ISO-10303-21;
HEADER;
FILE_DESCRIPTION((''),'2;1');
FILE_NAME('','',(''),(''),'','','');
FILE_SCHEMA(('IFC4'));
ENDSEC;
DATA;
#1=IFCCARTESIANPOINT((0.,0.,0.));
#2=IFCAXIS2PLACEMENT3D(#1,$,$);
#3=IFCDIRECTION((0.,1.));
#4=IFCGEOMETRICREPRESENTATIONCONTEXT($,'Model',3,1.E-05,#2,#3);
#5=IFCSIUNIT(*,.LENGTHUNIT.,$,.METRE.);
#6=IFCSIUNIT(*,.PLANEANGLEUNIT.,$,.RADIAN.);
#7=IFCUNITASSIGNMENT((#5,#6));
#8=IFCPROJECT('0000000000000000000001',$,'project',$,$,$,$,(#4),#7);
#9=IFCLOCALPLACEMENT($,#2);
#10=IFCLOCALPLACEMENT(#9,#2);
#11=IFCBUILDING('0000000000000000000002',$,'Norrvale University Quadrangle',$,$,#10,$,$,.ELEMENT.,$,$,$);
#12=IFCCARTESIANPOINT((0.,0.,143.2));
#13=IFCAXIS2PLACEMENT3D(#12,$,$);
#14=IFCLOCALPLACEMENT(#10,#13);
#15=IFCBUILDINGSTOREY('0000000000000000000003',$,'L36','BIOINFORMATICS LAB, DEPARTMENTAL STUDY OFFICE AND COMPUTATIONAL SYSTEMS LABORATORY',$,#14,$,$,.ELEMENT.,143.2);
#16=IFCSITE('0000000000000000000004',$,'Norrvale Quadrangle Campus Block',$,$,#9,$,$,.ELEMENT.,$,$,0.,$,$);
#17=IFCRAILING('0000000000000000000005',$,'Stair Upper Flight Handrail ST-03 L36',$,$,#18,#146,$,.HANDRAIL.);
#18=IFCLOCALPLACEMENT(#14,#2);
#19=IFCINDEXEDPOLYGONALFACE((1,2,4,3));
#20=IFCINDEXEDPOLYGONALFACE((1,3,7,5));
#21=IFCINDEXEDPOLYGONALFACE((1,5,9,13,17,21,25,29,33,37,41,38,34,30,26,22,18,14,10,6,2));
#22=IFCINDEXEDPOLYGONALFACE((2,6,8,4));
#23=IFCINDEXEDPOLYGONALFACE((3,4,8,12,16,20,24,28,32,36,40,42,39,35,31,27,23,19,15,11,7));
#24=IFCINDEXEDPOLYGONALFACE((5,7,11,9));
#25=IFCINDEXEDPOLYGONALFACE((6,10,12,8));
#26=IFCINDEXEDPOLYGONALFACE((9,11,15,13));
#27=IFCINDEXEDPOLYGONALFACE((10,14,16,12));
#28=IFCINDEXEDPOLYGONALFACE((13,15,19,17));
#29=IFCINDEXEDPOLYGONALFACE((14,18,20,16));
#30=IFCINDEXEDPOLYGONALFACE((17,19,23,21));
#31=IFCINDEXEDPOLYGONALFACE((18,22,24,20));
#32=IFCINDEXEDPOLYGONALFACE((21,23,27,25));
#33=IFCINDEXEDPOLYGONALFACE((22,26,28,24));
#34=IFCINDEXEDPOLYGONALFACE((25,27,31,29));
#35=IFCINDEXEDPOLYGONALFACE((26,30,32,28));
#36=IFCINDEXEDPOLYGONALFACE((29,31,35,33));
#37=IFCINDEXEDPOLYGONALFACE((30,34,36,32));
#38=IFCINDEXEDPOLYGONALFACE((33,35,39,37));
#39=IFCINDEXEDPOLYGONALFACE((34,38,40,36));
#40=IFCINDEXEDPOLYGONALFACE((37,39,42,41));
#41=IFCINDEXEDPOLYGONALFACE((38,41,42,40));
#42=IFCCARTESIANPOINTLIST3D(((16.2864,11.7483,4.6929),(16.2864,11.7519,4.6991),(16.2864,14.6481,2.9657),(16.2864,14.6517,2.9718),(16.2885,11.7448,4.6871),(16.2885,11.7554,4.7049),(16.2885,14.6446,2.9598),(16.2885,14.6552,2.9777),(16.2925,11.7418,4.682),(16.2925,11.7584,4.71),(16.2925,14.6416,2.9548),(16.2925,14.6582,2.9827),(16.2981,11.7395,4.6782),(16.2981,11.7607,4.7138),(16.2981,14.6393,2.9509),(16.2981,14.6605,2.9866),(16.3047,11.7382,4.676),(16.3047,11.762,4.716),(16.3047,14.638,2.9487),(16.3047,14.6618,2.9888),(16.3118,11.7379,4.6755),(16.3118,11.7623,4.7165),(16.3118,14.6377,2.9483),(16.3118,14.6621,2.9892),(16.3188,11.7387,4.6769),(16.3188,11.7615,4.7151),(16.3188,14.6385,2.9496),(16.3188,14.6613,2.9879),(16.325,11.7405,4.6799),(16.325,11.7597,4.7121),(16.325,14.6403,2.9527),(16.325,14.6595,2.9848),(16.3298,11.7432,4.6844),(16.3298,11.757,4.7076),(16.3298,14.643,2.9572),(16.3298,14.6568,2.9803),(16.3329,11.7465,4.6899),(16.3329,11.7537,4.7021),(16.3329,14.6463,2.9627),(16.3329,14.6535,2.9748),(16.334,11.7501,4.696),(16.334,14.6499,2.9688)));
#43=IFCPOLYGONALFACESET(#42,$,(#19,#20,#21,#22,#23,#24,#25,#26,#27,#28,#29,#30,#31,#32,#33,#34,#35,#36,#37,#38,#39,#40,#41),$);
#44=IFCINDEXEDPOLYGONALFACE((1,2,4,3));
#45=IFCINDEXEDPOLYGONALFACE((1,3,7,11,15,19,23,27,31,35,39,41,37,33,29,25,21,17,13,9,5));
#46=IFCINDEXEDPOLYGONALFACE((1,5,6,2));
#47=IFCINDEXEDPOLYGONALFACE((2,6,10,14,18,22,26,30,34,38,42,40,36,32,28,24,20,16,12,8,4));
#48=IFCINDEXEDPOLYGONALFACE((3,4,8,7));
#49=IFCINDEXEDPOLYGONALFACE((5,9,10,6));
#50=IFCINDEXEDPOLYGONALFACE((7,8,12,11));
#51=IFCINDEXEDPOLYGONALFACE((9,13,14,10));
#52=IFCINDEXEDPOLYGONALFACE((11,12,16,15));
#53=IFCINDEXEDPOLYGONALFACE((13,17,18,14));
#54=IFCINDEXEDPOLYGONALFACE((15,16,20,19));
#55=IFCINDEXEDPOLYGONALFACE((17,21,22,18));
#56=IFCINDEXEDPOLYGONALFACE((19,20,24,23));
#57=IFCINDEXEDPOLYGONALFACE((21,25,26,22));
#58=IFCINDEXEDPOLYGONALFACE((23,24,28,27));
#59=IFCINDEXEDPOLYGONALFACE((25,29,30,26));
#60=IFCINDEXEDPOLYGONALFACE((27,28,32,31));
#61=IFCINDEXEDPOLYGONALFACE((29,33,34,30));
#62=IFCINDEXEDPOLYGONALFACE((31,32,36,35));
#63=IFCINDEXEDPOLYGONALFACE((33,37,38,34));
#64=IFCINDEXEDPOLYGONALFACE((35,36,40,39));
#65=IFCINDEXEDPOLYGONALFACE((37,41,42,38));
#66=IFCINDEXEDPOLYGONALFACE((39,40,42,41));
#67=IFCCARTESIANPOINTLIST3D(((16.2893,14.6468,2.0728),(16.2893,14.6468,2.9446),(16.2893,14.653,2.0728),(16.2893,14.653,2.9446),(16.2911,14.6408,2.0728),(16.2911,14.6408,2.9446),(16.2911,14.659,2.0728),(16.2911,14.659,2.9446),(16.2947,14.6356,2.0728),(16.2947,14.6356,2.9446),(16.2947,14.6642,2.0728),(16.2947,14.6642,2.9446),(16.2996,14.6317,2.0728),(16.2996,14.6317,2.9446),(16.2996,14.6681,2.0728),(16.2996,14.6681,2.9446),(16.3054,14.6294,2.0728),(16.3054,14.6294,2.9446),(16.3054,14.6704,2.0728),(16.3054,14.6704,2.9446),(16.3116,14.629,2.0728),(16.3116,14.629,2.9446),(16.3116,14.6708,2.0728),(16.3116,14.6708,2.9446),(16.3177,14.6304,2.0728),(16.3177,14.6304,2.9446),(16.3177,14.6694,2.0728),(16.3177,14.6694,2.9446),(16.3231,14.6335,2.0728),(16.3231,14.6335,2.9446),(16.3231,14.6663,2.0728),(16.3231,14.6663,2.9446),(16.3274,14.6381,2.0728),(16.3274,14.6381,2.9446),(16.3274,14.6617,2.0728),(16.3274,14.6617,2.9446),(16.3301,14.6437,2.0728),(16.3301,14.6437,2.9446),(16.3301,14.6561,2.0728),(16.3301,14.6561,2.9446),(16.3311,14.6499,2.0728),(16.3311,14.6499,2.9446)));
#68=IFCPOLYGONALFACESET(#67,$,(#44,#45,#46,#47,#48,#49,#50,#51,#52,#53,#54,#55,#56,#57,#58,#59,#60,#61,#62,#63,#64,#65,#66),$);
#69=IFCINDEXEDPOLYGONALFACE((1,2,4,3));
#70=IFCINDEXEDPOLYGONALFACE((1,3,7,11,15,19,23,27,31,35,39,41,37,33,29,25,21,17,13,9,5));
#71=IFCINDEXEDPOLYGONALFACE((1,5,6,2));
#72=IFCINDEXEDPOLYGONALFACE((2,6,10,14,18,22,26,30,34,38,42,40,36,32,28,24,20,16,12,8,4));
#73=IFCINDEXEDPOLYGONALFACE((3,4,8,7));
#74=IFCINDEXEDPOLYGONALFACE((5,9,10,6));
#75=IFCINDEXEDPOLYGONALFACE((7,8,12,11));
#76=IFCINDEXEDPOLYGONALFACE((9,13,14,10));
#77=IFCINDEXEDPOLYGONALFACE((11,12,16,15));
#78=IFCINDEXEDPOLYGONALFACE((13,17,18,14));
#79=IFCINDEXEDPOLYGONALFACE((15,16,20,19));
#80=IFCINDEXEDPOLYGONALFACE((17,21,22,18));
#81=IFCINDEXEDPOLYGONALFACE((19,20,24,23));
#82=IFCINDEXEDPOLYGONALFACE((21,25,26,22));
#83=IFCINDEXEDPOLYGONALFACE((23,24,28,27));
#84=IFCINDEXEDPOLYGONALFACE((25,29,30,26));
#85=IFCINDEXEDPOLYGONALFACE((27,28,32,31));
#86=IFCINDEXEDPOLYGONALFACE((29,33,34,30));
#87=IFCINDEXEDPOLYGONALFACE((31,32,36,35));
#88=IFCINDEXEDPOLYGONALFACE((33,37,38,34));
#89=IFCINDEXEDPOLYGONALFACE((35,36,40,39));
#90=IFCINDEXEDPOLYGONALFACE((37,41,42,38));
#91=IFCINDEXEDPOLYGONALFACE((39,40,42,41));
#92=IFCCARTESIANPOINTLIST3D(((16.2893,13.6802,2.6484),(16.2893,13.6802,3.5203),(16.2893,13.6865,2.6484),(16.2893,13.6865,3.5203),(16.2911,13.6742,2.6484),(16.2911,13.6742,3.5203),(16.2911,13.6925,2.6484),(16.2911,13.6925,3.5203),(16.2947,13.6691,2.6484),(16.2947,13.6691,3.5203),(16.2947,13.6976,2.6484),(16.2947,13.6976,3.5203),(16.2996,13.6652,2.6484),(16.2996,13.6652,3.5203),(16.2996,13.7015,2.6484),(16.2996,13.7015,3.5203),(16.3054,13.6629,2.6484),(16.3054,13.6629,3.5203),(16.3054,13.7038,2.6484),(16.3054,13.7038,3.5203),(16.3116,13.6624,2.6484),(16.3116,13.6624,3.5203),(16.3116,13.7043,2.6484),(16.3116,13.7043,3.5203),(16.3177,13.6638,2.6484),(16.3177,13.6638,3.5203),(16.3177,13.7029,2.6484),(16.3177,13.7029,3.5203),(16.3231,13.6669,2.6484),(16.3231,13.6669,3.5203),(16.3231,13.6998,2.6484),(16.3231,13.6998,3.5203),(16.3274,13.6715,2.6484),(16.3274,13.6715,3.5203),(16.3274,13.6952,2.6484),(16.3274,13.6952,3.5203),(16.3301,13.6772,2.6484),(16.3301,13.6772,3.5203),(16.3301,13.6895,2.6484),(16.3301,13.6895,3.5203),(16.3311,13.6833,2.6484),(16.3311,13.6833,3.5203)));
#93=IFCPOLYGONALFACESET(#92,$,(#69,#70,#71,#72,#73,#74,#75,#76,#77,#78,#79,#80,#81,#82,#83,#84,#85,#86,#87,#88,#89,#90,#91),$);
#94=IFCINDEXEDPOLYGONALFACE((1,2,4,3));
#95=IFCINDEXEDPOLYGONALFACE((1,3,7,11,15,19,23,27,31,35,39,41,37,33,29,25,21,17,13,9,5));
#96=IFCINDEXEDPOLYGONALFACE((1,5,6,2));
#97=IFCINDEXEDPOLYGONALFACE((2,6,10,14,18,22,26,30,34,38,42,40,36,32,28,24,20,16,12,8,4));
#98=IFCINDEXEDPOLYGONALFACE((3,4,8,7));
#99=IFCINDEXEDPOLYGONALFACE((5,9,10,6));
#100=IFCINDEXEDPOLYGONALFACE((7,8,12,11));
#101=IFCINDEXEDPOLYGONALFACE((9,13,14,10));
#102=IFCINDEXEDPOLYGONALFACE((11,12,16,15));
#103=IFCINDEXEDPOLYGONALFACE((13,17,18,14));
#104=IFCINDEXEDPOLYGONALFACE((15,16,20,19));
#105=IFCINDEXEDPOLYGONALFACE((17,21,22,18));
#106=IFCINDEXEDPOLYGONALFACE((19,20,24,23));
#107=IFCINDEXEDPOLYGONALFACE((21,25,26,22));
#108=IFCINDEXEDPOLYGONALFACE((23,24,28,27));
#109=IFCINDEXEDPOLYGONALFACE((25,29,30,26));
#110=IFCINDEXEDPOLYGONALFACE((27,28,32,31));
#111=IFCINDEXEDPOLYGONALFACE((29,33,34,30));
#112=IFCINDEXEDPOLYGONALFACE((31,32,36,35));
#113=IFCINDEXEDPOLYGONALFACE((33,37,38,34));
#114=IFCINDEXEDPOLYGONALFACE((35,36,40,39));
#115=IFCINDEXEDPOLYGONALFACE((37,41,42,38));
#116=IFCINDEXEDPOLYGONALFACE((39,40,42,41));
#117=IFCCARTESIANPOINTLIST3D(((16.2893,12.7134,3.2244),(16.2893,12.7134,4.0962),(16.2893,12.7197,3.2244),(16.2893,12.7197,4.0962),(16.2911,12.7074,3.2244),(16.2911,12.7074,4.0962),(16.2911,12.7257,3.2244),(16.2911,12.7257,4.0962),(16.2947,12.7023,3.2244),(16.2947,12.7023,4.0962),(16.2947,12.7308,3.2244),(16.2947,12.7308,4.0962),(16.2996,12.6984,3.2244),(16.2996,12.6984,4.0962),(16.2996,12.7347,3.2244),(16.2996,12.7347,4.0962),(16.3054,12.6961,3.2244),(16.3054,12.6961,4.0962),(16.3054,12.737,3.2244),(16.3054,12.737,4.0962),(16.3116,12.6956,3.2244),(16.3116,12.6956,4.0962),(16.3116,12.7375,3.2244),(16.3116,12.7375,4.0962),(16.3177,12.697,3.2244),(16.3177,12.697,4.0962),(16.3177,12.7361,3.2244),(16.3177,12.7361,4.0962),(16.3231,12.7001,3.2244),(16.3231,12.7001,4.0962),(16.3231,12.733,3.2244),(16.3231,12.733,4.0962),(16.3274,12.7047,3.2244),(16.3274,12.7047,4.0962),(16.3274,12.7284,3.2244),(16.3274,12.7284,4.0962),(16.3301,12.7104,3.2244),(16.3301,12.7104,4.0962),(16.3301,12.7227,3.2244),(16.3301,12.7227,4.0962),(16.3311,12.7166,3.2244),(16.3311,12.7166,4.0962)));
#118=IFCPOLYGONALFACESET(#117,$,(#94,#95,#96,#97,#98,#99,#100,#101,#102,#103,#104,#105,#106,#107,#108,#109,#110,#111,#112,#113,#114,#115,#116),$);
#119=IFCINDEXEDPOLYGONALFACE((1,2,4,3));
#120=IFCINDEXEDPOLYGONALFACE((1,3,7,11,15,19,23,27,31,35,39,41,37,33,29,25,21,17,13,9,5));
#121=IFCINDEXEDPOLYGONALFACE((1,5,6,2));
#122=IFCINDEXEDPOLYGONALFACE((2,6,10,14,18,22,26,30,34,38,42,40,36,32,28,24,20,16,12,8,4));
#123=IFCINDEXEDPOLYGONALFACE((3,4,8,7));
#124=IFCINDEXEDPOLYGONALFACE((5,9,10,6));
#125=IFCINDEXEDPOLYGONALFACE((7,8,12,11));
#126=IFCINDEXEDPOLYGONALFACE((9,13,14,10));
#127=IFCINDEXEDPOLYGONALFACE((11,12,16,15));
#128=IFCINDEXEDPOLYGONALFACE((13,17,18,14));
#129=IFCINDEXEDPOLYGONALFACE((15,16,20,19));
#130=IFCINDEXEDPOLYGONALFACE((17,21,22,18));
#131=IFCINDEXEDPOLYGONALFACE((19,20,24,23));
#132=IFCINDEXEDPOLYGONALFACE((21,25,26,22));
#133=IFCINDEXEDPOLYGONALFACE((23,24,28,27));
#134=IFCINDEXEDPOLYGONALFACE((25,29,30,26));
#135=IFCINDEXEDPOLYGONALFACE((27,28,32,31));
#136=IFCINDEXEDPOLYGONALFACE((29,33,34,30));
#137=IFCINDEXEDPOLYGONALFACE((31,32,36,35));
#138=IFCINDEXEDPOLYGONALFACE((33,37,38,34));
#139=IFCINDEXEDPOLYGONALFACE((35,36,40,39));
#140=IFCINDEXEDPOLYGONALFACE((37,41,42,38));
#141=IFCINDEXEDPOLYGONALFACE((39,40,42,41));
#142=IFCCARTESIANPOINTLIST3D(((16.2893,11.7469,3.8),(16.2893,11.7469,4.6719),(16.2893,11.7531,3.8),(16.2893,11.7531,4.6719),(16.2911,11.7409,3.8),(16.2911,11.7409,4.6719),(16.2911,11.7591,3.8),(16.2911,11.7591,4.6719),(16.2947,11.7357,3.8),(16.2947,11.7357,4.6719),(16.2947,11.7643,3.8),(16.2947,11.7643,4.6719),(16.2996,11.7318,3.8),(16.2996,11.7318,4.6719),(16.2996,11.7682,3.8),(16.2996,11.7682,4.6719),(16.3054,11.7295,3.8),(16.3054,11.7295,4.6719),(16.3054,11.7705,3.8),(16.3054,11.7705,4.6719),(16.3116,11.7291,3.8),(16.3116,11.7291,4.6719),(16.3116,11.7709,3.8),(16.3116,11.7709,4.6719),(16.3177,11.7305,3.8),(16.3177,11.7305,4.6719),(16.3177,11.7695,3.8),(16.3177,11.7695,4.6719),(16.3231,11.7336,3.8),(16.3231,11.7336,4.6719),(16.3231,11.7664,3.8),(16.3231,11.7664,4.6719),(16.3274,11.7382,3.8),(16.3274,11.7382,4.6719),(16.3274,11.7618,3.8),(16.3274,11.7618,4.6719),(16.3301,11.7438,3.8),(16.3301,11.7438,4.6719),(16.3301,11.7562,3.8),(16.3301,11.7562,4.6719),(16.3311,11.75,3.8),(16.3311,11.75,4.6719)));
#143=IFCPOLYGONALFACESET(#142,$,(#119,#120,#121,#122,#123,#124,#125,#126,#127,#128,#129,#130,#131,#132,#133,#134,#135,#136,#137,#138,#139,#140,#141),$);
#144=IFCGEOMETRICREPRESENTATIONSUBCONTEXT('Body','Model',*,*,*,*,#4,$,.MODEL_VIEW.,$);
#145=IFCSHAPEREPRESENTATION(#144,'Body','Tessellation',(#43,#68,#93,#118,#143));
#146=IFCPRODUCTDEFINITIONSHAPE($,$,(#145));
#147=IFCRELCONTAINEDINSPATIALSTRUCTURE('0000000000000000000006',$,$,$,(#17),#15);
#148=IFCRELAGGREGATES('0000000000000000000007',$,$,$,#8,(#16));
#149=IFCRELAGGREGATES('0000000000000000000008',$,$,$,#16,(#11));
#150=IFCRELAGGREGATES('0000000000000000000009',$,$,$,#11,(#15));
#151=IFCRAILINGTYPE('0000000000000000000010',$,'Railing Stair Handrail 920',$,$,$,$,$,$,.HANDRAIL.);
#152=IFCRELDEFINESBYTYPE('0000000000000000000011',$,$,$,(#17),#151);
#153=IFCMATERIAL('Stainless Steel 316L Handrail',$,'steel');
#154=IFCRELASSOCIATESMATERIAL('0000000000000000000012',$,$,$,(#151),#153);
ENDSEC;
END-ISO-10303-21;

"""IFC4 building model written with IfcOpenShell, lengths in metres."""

from ifc_helpers import new_model, si_unit, direction, frame, origin, origin_2d, place, context, subcontext, project, spatial, circle, extrude, material, type_object, element, save


model = new_model("IFC4")

# Units and contexts
model_context = context("Model", 3, precision=1e-05, world=origin(), true_north=direction((0.0, 1.0)))
body_context = subcontext(model_context, "Body", "Model", "MODEL_VIEW")
ifc_project = project(units=[si_unit("LENGTHUNIT", "METRE"), si_unit("PLANEANGLEUNIT", "RADIAN")], contexts=[model_context])

# Site, building, storey
site_placement = place(None, origin())
site = spatial("IfcSite", under=ifc_project, at=site_placement, Name="Norrvale Quadrangle Campus Block", CompositionType="ELEMENT", RefElevation=0.0)
building_placement = place(site_placement, origin())
building = spatial("IfcBuilding", under=site, at=building_placement, Name="Norrvale University Quadrangle", CompositionType="ELEMENT")
storey_placement = place(building_placement, frame((0.0, 0.0, 143.2)))
storey = spatial("IfcBuildingStorey", under=building, at=storey_placement, Name="L36", Description="BIOINFORMATICS LAB, DEPARTMENTAL STUDY OFFICE AND COMPUTATIONAL SYSTEMS LABORATORY", CompositionType="ELEMENT", Elevation=143.2)

# Railing
ifc_material_1 = material(Name="Stainless Steel 316L Handrail", Category="steel")
railing_type_1 = type_object("IfcRailingType", Name="Railing Stair Handrail 920", PredefinedType="HANDRAIL", material=ifc_material_1)
railing_1_placement = place(storey_placement, frame((16.3101, 14.6499, 2.0728)))
element("IfcRailing", 1, at=railing_1_placement, inside=storey, type_object=railing_type_1, Name="Stair Upper Flight Handrail ST-03 L36", PredefinedType="HANDRAIL", context=body_context, shape_type="SweptSolid", body=[
    extrude(circle(Radius=0.0239, at=origin_2d()), frame((0.0, 0.0, 0.896), z_axis=(0.0, -0.859141, 0.511738), x_axis=(1.0, 0.0, 0.0)), (0.0, 0.0, 1.0), 3.3752),
    extrude(circle(Radius=0.021, at=origin_2d()), origin(), (0.0, 0.0, 1.0), 0.8718),
    extrude(circle(Radius=0.021, at=origin_2d()), frame((0.0, -0.9666, 0.5757)), (0.0, 0.0, 1.0), 0.8718),
    extrude(circle(Radius=0.021, at=origin_2d()), frame((0.0, -1.9333, 1.1516)), (0.0, 0.0, 1.0), 0.8718),
    extrude(circle(Radius=0.021, at=origin_2d()), frame((0.0, -2.8999, 1.7273)), (0.0, 0.0, 1.0), 0.8718),
])

save(model, "model.ifc")
